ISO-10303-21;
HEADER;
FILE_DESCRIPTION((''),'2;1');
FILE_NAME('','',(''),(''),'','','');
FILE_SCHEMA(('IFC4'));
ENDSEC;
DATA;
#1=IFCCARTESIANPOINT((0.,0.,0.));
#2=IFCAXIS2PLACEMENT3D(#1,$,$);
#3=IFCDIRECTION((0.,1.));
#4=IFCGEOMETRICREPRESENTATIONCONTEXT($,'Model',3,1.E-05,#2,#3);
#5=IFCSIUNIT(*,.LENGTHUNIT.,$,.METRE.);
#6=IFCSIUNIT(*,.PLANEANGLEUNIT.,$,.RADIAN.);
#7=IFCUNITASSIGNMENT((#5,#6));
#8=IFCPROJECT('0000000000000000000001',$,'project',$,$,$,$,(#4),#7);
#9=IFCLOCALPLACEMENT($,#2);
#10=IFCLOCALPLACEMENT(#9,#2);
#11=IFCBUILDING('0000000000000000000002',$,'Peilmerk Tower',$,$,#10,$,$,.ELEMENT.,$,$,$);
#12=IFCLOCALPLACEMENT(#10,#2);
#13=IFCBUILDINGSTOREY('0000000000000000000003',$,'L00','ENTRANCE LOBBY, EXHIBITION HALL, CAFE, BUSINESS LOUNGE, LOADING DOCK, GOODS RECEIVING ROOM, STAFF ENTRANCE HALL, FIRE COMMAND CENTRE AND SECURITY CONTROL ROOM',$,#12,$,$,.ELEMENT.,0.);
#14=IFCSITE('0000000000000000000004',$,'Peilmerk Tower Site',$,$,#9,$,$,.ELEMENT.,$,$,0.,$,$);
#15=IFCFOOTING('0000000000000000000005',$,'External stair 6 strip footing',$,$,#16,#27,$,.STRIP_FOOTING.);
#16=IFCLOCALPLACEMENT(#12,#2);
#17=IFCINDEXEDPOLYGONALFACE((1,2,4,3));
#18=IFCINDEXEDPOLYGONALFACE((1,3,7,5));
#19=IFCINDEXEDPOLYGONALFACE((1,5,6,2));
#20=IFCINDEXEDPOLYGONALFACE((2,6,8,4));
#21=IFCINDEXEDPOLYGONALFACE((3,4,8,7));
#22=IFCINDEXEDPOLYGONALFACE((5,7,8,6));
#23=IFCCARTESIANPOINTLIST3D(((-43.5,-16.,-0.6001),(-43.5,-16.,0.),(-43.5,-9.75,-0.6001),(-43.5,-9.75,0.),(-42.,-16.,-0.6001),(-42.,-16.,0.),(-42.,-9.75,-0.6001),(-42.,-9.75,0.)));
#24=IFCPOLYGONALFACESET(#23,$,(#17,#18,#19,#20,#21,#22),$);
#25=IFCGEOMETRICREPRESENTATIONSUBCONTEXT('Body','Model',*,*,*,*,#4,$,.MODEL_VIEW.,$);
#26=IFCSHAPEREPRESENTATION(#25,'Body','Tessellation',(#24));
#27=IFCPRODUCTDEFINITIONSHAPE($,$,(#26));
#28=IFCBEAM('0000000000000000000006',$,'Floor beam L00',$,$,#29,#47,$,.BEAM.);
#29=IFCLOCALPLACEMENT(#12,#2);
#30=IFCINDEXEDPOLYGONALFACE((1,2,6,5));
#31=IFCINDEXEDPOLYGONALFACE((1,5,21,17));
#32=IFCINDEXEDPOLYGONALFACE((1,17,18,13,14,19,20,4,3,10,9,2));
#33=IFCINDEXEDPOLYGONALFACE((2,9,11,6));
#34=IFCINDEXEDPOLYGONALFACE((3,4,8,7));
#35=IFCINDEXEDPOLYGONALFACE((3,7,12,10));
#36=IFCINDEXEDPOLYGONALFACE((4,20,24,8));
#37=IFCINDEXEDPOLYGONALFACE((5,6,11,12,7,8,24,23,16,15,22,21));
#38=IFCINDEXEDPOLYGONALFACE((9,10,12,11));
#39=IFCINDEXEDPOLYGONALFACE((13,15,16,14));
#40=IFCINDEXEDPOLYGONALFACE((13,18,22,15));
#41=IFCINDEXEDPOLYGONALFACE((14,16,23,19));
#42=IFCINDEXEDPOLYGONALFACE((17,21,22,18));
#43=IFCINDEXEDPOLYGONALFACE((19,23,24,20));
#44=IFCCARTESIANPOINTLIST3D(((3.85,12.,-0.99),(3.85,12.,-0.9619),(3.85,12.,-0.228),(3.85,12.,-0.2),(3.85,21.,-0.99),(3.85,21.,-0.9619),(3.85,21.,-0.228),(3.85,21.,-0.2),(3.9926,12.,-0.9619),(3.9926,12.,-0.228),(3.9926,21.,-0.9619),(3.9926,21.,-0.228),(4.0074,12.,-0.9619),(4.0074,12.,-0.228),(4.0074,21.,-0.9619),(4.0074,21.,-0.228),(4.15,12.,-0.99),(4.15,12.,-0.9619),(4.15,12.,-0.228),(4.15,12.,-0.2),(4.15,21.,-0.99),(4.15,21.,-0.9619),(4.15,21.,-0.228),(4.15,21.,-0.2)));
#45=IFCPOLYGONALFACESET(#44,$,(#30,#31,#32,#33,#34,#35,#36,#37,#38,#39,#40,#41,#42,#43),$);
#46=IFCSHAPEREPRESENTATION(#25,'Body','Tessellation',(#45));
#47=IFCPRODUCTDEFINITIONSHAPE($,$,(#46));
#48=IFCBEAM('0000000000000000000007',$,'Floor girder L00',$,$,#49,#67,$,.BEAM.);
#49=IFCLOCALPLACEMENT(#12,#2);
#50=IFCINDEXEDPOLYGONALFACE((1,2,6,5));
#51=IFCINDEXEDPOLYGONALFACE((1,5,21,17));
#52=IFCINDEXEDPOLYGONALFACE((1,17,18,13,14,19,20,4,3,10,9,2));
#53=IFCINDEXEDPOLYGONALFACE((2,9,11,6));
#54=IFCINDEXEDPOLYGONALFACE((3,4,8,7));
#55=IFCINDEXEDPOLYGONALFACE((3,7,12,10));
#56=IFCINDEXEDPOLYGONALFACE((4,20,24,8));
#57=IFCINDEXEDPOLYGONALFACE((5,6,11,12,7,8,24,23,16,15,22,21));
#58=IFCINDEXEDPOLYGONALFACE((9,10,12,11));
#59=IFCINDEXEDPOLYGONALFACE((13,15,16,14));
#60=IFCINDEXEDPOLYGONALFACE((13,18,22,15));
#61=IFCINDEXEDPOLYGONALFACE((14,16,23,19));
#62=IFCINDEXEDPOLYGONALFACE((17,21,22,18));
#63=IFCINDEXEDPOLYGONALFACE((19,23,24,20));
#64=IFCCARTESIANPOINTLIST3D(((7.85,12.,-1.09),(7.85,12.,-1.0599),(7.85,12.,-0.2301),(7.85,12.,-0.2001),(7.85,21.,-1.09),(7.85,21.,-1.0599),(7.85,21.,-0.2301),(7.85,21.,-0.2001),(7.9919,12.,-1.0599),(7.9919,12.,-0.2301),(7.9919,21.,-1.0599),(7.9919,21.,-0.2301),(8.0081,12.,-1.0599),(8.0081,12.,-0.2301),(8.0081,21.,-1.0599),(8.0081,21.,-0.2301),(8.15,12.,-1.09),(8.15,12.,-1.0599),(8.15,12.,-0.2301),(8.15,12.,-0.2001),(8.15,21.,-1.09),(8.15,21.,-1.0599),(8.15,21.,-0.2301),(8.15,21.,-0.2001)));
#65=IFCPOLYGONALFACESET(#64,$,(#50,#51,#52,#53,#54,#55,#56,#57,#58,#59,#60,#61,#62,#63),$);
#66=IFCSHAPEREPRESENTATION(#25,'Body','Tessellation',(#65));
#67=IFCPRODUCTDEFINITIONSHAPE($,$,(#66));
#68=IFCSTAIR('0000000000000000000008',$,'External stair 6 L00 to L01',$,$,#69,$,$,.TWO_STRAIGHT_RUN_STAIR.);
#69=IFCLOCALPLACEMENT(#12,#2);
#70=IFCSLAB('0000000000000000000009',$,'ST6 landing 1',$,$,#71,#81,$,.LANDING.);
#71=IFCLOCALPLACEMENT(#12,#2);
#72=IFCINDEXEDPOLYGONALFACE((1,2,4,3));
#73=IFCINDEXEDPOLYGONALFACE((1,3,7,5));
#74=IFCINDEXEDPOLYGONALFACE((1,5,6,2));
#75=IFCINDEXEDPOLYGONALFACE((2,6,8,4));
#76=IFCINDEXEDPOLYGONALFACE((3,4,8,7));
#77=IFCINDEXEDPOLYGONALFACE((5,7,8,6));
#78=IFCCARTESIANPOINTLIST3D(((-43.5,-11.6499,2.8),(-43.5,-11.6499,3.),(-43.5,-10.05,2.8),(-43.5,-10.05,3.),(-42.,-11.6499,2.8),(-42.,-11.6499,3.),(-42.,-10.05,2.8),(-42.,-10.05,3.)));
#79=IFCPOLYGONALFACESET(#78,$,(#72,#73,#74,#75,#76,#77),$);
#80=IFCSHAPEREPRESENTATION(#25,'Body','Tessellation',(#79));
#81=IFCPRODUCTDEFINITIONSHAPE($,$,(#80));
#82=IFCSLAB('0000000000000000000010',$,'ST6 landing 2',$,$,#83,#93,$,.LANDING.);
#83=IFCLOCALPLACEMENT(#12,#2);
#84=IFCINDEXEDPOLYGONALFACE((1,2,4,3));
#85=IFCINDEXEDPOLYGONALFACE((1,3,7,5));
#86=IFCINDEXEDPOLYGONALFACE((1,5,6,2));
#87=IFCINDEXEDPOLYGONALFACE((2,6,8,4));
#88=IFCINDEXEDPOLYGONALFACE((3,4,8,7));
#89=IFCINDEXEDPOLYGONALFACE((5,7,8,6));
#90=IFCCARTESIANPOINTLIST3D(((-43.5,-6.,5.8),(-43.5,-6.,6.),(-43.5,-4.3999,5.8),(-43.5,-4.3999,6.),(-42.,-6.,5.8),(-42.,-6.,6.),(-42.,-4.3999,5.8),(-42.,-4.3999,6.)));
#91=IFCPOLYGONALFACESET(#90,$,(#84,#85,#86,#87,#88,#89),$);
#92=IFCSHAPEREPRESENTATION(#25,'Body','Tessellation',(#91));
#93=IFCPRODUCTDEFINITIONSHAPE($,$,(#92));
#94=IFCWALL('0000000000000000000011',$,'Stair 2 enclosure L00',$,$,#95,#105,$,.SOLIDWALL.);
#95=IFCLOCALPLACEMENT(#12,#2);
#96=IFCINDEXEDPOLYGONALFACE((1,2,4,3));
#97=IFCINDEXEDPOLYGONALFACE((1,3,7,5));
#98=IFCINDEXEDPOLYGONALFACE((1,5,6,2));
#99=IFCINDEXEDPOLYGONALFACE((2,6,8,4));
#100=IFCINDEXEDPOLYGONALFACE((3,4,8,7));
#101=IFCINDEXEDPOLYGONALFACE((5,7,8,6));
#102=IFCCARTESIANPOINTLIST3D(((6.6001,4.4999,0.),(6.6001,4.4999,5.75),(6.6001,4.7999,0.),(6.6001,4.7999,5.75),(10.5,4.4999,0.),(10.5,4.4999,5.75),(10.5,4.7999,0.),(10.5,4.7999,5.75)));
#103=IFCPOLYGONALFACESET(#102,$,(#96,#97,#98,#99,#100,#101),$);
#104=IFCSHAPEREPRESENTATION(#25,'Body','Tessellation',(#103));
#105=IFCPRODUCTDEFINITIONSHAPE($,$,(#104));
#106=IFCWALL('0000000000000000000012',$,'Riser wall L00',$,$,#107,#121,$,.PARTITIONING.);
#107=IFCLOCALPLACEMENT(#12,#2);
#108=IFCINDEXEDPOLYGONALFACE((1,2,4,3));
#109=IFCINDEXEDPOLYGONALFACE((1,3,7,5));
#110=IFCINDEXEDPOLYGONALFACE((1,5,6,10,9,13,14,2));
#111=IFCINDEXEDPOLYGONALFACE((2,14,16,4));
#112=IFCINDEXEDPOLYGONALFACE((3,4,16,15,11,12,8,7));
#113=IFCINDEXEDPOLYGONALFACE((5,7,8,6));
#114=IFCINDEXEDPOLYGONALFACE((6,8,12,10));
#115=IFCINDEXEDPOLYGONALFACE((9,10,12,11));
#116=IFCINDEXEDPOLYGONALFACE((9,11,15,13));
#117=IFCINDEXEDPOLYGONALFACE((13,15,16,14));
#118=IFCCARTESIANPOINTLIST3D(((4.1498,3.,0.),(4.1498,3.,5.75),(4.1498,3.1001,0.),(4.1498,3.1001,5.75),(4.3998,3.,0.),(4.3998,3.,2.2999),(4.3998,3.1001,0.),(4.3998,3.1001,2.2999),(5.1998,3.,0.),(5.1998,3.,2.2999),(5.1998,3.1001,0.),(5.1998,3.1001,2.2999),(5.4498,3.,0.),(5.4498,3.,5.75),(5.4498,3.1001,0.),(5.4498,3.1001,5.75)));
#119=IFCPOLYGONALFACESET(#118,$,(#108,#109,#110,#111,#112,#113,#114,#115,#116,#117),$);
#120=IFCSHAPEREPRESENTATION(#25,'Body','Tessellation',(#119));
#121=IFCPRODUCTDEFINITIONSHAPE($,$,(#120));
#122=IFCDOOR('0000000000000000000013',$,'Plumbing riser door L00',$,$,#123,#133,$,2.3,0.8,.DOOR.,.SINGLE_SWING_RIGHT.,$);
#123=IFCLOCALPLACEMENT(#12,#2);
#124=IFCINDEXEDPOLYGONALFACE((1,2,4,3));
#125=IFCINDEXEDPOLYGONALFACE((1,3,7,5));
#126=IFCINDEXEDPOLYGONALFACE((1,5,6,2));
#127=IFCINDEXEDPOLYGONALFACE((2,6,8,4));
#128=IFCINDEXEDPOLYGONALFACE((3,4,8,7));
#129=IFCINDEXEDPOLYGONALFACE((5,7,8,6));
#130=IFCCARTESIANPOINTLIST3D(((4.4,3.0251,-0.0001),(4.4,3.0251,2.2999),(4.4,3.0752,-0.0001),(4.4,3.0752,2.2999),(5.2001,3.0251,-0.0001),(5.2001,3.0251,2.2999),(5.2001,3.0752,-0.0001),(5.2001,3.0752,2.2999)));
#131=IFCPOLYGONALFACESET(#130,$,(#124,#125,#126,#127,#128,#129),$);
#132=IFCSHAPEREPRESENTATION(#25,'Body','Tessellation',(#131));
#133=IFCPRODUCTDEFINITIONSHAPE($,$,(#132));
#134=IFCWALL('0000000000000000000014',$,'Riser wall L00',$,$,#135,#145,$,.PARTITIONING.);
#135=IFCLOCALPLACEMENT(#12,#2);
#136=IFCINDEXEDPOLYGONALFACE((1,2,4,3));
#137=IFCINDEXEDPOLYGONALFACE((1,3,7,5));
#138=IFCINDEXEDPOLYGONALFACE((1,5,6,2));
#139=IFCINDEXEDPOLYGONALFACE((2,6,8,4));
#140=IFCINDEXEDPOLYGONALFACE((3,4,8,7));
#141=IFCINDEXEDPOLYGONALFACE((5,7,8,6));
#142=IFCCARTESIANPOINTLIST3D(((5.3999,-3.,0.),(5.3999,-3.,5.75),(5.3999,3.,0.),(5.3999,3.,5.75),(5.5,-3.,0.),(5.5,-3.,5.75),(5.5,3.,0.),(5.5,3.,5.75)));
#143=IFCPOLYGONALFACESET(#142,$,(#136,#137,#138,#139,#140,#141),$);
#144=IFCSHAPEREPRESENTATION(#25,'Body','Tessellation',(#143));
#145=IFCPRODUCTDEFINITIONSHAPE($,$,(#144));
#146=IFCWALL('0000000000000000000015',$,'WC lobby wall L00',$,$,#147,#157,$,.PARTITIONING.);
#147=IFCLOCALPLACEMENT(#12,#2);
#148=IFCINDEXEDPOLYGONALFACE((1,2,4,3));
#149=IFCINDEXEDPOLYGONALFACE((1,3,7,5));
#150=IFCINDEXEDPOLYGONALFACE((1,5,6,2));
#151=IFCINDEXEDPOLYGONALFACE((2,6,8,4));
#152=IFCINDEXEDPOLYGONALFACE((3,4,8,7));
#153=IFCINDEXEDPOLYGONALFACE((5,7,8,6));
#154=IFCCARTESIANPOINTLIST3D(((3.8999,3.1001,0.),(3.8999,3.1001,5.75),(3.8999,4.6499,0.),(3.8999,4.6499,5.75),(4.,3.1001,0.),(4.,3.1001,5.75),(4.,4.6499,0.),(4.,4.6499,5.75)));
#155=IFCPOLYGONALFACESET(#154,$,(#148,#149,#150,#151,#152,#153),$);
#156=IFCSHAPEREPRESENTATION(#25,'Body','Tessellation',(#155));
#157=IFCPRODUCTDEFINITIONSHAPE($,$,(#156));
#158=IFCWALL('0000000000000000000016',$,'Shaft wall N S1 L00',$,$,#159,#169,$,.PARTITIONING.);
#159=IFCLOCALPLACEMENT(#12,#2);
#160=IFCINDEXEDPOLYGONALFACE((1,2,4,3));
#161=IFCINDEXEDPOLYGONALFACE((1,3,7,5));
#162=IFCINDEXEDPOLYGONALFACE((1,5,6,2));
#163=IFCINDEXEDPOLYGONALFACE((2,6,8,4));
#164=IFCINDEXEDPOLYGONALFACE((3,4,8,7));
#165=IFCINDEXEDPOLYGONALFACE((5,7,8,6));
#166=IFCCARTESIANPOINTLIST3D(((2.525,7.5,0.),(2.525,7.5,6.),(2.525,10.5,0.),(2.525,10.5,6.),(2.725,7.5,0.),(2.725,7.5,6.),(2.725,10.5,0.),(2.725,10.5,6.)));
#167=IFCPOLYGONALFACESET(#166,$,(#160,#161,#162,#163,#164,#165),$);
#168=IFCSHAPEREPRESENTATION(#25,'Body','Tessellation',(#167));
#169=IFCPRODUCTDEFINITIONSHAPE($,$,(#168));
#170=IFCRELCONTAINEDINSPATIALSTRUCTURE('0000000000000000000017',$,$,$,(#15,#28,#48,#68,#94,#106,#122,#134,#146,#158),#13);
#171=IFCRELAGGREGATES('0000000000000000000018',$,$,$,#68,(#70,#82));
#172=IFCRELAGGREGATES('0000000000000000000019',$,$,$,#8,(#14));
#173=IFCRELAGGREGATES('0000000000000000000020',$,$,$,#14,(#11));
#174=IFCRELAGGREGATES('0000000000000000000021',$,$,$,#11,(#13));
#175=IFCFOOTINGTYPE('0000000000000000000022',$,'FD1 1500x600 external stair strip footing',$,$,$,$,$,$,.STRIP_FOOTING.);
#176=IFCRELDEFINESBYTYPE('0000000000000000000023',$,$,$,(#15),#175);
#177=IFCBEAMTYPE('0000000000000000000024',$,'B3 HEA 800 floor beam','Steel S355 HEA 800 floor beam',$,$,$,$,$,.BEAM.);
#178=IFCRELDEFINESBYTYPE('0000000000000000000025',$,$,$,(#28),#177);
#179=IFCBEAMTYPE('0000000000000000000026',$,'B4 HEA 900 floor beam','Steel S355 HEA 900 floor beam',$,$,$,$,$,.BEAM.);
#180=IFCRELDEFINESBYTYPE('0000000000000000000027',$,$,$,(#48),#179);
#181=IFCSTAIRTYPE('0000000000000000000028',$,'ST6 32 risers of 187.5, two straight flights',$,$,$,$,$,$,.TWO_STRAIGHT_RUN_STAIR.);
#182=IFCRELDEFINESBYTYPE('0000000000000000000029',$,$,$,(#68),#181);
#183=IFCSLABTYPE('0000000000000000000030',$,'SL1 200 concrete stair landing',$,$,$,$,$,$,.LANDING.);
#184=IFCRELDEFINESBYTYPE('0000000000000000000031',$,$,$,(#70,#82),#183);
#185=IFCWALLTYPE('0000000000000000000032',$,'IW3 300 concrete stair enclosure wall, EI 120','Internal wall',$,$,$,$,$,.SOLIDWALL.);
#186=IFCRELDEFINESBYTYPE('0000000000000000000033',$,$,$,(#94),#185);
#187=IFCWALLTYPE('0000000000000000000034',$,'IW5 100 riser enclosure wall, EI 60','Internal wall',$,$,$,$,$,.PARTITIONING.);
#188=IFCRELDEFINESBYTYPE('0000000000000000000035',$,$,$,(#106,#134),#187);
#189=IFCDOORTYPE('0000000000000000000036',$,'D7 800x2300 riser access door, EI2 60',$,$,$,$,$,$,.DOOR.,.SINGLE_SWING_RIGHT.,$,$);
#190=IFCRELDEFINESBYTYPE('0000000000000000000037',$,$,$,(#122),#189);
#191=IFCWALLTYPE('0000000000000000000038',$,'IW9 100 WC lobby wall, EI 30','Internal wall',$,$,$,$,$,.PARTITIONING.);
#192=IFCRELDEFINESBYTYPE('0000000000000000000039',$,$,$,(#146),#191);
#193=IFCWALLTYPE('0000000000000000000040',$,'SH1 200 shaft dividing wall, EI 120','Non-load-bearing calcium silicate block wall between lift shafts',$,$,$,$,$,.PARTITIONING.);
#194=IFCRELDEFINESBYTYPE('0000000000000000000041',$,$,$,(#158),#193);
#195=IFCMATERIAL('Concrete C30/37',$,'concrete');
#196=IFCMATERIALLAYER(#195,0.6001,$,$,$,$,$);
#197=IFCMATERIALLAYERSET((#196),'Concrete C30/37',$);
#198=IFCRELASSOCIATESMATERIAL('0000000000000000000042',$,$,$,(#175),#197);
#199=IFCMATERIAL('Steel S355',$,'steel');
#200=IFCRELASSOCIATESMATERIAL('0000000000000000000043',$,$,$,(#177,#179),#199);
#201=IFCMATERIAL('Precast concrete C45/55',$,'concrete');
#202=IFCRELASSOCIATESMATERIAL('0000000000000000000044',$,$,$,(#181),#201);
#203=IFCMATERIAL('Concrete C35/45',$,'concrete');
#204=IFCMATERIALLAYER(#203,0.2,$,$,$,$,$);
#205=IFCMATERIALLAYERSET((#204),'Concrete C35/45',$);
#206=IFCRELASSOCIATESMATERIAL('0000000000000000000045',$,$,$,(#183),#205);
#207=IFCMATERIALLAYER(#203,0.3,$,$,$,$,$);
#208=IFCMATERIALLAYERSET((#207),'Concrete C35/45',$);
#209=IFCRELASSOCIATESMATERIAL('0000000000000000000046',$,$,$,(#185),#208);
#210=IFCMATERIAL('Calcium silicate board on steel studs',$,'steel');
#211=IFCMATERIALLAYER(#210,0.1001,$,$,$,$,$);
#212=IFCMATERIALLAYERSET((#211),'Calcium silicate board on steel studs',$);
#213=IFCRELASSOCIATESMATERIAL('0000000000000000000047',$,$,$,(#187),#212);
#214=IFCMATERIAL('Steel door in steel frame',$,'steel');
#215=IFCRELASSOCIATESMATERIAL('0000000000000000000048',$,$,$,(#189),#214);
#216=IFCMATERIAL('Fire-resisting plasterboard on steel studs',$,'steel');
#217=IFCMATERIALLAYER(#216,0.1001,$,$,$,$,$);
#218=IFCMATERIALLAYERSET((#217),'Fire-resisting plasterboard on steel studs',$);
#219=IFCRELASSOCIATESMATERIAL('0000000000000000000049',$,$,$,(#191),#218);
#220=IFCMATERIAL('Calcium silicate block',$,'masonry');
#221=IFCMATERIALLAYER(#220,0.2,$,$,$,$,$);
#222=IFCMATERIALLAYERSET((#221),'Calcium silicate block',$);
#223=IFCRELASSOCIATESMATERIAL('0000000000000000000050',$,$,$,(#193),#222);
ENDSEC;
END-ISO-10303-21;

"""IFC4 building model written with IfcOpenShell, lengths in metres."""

from ifc_helpers import new_model, si_unit, direction, frame, frame_2d, origin, origin_2d, place, context, subcontext, project, spatial, polyline, rectangle, i_section, outline, extrude, material, layer, layer_set, material_profile, profile_set, type_object, element, fill, aggregate, save


model = new_model("IFC4")

# Units and contexts
model_context = context("Model", 3, precision=1e-05, world=origin(), true_north=direction((0.0, 1.0)))
body_context = subcontext(model_context, "Body", "Model", "MODEL_VIEW")
ifc_project = project(units=[si_unit("LENGTHUNIT", "METRE"), si_unit("PLANEANGLEUNIT", "RADIAN")], contexts=[model_context])

# Site, building, storey
site_placement = place(None, origin())
site = spatial("IfcSite", under=ifc_project, at=site_placement, Name="Peilmerk Tower Site", CompositionType="ELEMENT", RefElevation=0.0)
building_placement = place(site_placement, origin())
building = spatial("IfcBuilding", under=site, at=building_placement, Name="Peilmerk Tower", CompositionType="ELEMENT")
storey_placement = place(building_placement, origin())
storey = spatial("IfcBuildingStorey", under=building, at=storey_placement, Name="L00", Description="ENTRANCE LOBBY, EXHIBITION HALL, CAFE, BUSINESS LOUNGE, LOADING DOCK, GOODS RECEIVING ROOM, STAFF ENTRANCE HALL, FIRE COMMAND CENTRE AND SECURITY CONTROL ROOM", CompositionType="ELEMENT", Elevation=0.0)

# Footing
ifc_material_1 = material(Name="Concrete C30/37", Category="concrete")
ifc_layer_1 = layer(ifc_material_1, 0.6001)
ifc_layer_set_1 = layer_set([ifc_layer_1], Name="Concrete C30/37")
footing_type = type_object("IfcFootingType", Name="FD1 1500x600 external stair strip footing", PredefinedType="STRIP_FOOTING", material=ifc_layer_set_1)
footing_placement = place(storey_placement, frame((0.0, 0.0, -0.6001)))
element("IfcFooting", 1, at=footing_placement, inside=storey, type_object=footing_type, Name="External stair 6 strip footing", PredefinedType="STRIP_FOOTING", context=body_context, shape_type="SweptSolid", body=[
    extrude(outline(polyline([(-43.5, -16.0), (-42.0, -16.0), (-42.0, -9.75), (-43.5, -9.75), (-43.5, -16.0)])), origin(), (0.0, 0.0, 1.0), 0.6001),
])

# Beams
ifc_material_2 = material(Name="Steel S355", Category="steel")
ifc_material_profile_1 = material_profile(ifc_material_2, i_section(OverallWidth=0.3, OverallDepth=0.79, WebThickness=0.0149, FlangeThickness=0.0281, at=origin_2d()), Name="HEA 800")
ifc_profile_set_1 = profile_set([ifc_material_profile_1], Name="Steel S355")
beam_type_1 = type_object("IfcBeamType", Name="B3 HEA 800 floor beam", Description="Steel S355 HEA 800 floor beam", PredefinedType="BEAM", material=ifc_profile_set_1)
beam_1_placement = place(storey_placement, frame((4.0, 12.0, -0.595), z_axis=(0.0, 1.0, 0.0), x_axis=(-1.0, 0.0, 0.0)))
element("IfcBeam", 2, at=beam_1_placement, inside=storey, type_object=beam_type_1, Name="Floor beam L00", PredefinedType="BEAM", context=body_context, shape_type="SweptSolid", body=[
    extrude(i_section(OverallWidth=0.3, OverallDepth=0.79, WebThickness=0.0149, FlangeThickness=0.0281, at=origin_2d()), origin(), (0.0, 0.0, 1.0), 9.0),
])
ifc_material_profile_2 = material_profile(ifc_material_2, i_section(OverallWidth=0.3, OverallDepth=0.8899, WebThickness=0.0161, FlangeThickness=0.03, at=origin_2d()), Name="HEA 900")
ifc_profile_set_2 = profile_set([ifc_material_profile_2], Name="Steel S355")
beam_type_2 = type_object("IfcBeamType", Name="B4 HEA 900 floor beam", Description="Steel S355 HEA 900 floor beam", PredefinedType="BEAM", material=ifc_profile_set_2)
beam_2_placement = place(storey_placement, frame((8.0, 12.0, -0.645), z_axis=(0.0, 1.0, 0.0), x_axis=(-1.0, 0.0, 0.0)))
element("IfcBeam", 3, at=beam_2_placement, inside=storey, type_object=beam_type_2, Name="Floor girder L00", PredefinedType="BEAM", context=body_context, shape_type="SweptSolid", body=[
    extrude(i_section(OverallWidth=0.3, OverallDepth=0.8899, WebThickness=0.0161, FlangeThickness=0.03, at=origin_2d()), origin(), (0.0, 0.0, 1.0), 9.0),
])

# Stair, slabs
ifc_material_3 = material(Name="Precast concrete C45/55", Category="concrete")
stair_type_1 = type_object("IfcStairType", Name="ST6 32 risers of 187.5, two straight flights", PredefinedType="TWO_STRAIGHT_RUN_STAIR", material=ifc_material_3)
stair_1_placement = place(storey_placement, origin())
stair_1 = element("IfcStair", 4, at=stair_1_placement, inside=storey, type_object=stair_type_1, Name="External stair 6 L00 to L01", PredefinedType="TWO_STRAIGHT_RUN_STAIR")
ifc_material_4 = material(Name="Concrete C35/45", Category="concrete")
ifc_layer_2 = layer(ifc_material_4, 0.2)
ifc_layer_set_2 = layer_set([ifc_layer_2], Name="Concrete C35/45")
slab_type = type_object("IfcSlabType", Name="SL1 200 concrete stair landing", PredefinedType="LANDING", material=ifc_layer_set_2)
slab_1_placement = place(storey_placement, frame((0.0, 0.0, 2.8)))
slab_1 = element("IfcSlab", 5, at=slab_1_placement, type_object=slab_type, Name="ST6 landing 1", PredefinedType="LANDING", context=body_context, shape_type="SweptSolid", body=[
    extrude(outline(polyline([(-43.5, -11.6499), (-42.0, -11.6499), (-42.0, -10.05), (-43.5, -10.05), (-43.5, -11.6499)])), origin(), (0.0, 0.0, 1.0), 0.2),
])
slab_2_placement = place(storey_placement, frame((0.0, 0.0, 5.8)))
slab_2 = element("IfcSlab", 6, at=slab_2_placement, type_object=slab_type, Name="ST6 landing 2", PredefinedType="LANDING", context=body_context, shape_type="SweptSolid", body=[
    extrude(outline(polyline([(-43.5, -6.0), (-42.0, -6.0), (-42.0, -4.3999), (-43.5, -4.3999), (-43.5, -6.0)])), origin(), (0.0, 0.0, 1.0), 0.2),
])
aggregate(stair_1, [slab_1, slab_2])

# Wall
ifc_layer_3 = layer(ifc_material_4, 0.3)
ifc_layer_set_3 = layer_set([ifc_layer_3], Name="Concrete C35/45")
wall_type_1 = type_object("IfcWallType", Name="IW3 300 concrete stair enclosure wall, EI 120", Description="Internal wall", PredefinedType="SOLIDWALL", material=ifc_layer_set_3)
wall_1_placement = place(storey_placement, frame((6.6001, 4.6499, 0.0), z_axis=(0.0, 0.0, 1.0), x_axis=(1.0, 0.0, 0.0)))
element("IfcWall", 7, at=wall_1_placement, inside=storey, type_object=wall_type_1, Name="Stair 2 enclosure L00", PredefinedType="SOLIDWALL", context=body_context, shape_type="SweptSolid", body=[
    extrude(rectangle(XDim=3.8999, YDim=0.3, at=frame_2d((1.95, 0.0))), origin(), (0.0, 0.0, 1.0), 5.75),
])

# Wall, opening, door
ifc_material_5 = material(Name="Calcium silicate board on steel studs", Category="steel")
ifc_layer_4 = layer(ifc_material_5, 0.1001)
ifc_layer_set_4 = layer_set([ifc_layer_4], Name="Calcium silicate board on steel studs")
wall_type_2 = type_object("IfcWallType", Name="IW5 100 riser enclosure wall, EI 60", Description="Internal wall", PredefinedType="PARTITIONING", material=ifc_layer_set_4)
wall_2_placement = place(storey_placement, frame((4.1499, 3.05, 0.0), z_axis=(0.0, 0.0, 1.0), x_axis=(1.0, 0.0, 0.0)))
wall_2 = element("IfcWall", 8, at=wall_2_placement, inside=storey, type_object=wall_type_2, Name="Riser wall L00", PredefinedType="PARTITIONING", context=body_context, shape_type="SweptSolid", body=[
    extrude(rectangle(XDim=1.3, YDim=0.1001, at=frame_2d((0.6499, 0.0))), origin(), (0.0, 0.0, 1.0), 5.75),
])
opening_1_placement = place(wall_2_placement, frame((0.25, 0.0, 0.0)))
opening_1 = element("IfcOpeningElement", 9, at=opening_1_placement, cuts=wall_2, PredefinedType="OPENING", context=body_context, shape_type="SweptSolid", body=[
    extrude(rectangle(XDim=0.8, YDim=2.3, at=frame_2d((0.3999, 1.1499))), frame((0.0, 0.0601, 0.0), z_axis=(0.0, -1.0, 0.0), x_axis=(1.0, 0.0, 0.0)), (0.0, 0.0, 1.0), 0.1201),
])
ifc_material_6 = material(Name="Steel door in steel frame", Category="steel")
door_type_1 = type_object("IfcDoorType", Name="D7 800x2300 riser access door, EI2 60", OperationType="SINGLE_SWING_RIGHT", PredefinedType="DOOR", material=ifc_material_6)
door_1_placement = place(opening_1_placement, frame((0.8, 0.0, 0.0), z_axis=(0.0, 0.0, 1.0), x_axis=(-1.0, 0.0, 0.0)))
door_1 = element("IfcDoor", 10, at=door_1_placement, inside=storey, type_object=door_type_1, Name="Plumbing riser door L00", OperationType="SINGLE_SWING_RIGHT", OverallHeight=2.3, OverallWidth=0.8, PredefinedType="DOOR", context=body_context, shape_type="SweptSolid", body=[
    extrude(rectangle(XDim=0.8, YDim=2.3, at=frame_2d((0.3999, 1.1499))), frame((0.0, 0.0249, 0.0), z_axis=(0.0, -1.0, 0.0), x_axis=(1.0, 0.0, 0.0)), (0.0, 0.0, 1.0), 0.05),
])
fill(opening_1, door_1)

# Walls
wall_3_placement = place(storey_placement, frame((5.45, 3.0, 0.0), z_axis=(0.0, 0.0, 1.0), x_axis=(0.0, -1.0, 0.0)))
element("IfcWall", 11, at=wall_3_placement, inside=storey, type_object=wall_type_2, Name="Riser wall L00", PredefinedType="PARTITIONING", context=body_context, shape_type="SweptSolid", body=[
    extrude(rectangle(XDim=6.0, YDim=0.1001, at=frame_2d((3.0, 0.0))), origin(), (0.0, 0.0, 1.0), 5.75),
])
ifc_material_7 = material(Name="Fire-resisting plasterboard on steel studs", Category="steel")
ifc_layer_5 = layer(ifc_material_7, 0.1001)
ifc_layer_set_5 = layer_set([ifc_layer_5], Name="Fire-resisting plasterboard on steel studs")
wall_type_3 = type_object("IfcWallType", Name="IW9 100 WC lobby wall, EI 30", Description="Internal wall", PredefinedType="PARTITIONING", material=ifc_layer_set_5)
wall_4_placement = place(storey_placement, frame((3.95, 3.1001, 0.0), z_axis=(0.0, 0.0, 1.0), x_axis=(0.0, 1.0, 0.0)))
element("IfcWall", 12, at=wall_4_placement, inside=storey, type_object=wall_type_3, Name="WC lobby wall L00", PredefinedType="PARTITIONING", context=body_context, shape_type="SweptSolid", body=[
    extrude(rectangle(XDim=1.5498, YDim=0.1001, at=frame_2d((0.7749, 0.0))), origin(), (0.0, 0.0, 1.0), 5.75),
])
ifc_material_8 = material(Name="Calcium silicate block", Category="masonry")
ifc_layer_6 = layer(ifc_material_8, 0.2)
ifc_layer_set_6 = layer_set([ifc_layer_6], Name="Calcium silicate block")
wall_type_4 = type_object("IfcWallType", Name="SH1 200 shaft dividing wall, EI 120", Description="Non-load-bearing calcium silicate block wall between lift shafts", PredefinedType="PARTITIONING", material=ifc_layer_set_6)
for number, where, z_axis, x_axis, name in (
    (13, (2.625, 7.5, 0.0), (0.0, 0.0, 1.0), (0.0, 1.0, 0.0), "Shaft wall N S1 L00"),
):
    element("IfcWall", number, at=place(storey_placement, frame(where, z_axis=z_axis, x_axis=x_axis)), inside=storey, type_object=wall_type_4, Name=name, PredefinedType="PARTITIONING", context=body_context, shape_type="SweptSolid", body=[
        extrude(rectangle(XDim=3.0, YDim=0.2, at=frame_2d((1.5, 0.0))), origin(), (0.0, 0.0, 1.0), 6.0),
    ])

save(model, "model.ifc")
